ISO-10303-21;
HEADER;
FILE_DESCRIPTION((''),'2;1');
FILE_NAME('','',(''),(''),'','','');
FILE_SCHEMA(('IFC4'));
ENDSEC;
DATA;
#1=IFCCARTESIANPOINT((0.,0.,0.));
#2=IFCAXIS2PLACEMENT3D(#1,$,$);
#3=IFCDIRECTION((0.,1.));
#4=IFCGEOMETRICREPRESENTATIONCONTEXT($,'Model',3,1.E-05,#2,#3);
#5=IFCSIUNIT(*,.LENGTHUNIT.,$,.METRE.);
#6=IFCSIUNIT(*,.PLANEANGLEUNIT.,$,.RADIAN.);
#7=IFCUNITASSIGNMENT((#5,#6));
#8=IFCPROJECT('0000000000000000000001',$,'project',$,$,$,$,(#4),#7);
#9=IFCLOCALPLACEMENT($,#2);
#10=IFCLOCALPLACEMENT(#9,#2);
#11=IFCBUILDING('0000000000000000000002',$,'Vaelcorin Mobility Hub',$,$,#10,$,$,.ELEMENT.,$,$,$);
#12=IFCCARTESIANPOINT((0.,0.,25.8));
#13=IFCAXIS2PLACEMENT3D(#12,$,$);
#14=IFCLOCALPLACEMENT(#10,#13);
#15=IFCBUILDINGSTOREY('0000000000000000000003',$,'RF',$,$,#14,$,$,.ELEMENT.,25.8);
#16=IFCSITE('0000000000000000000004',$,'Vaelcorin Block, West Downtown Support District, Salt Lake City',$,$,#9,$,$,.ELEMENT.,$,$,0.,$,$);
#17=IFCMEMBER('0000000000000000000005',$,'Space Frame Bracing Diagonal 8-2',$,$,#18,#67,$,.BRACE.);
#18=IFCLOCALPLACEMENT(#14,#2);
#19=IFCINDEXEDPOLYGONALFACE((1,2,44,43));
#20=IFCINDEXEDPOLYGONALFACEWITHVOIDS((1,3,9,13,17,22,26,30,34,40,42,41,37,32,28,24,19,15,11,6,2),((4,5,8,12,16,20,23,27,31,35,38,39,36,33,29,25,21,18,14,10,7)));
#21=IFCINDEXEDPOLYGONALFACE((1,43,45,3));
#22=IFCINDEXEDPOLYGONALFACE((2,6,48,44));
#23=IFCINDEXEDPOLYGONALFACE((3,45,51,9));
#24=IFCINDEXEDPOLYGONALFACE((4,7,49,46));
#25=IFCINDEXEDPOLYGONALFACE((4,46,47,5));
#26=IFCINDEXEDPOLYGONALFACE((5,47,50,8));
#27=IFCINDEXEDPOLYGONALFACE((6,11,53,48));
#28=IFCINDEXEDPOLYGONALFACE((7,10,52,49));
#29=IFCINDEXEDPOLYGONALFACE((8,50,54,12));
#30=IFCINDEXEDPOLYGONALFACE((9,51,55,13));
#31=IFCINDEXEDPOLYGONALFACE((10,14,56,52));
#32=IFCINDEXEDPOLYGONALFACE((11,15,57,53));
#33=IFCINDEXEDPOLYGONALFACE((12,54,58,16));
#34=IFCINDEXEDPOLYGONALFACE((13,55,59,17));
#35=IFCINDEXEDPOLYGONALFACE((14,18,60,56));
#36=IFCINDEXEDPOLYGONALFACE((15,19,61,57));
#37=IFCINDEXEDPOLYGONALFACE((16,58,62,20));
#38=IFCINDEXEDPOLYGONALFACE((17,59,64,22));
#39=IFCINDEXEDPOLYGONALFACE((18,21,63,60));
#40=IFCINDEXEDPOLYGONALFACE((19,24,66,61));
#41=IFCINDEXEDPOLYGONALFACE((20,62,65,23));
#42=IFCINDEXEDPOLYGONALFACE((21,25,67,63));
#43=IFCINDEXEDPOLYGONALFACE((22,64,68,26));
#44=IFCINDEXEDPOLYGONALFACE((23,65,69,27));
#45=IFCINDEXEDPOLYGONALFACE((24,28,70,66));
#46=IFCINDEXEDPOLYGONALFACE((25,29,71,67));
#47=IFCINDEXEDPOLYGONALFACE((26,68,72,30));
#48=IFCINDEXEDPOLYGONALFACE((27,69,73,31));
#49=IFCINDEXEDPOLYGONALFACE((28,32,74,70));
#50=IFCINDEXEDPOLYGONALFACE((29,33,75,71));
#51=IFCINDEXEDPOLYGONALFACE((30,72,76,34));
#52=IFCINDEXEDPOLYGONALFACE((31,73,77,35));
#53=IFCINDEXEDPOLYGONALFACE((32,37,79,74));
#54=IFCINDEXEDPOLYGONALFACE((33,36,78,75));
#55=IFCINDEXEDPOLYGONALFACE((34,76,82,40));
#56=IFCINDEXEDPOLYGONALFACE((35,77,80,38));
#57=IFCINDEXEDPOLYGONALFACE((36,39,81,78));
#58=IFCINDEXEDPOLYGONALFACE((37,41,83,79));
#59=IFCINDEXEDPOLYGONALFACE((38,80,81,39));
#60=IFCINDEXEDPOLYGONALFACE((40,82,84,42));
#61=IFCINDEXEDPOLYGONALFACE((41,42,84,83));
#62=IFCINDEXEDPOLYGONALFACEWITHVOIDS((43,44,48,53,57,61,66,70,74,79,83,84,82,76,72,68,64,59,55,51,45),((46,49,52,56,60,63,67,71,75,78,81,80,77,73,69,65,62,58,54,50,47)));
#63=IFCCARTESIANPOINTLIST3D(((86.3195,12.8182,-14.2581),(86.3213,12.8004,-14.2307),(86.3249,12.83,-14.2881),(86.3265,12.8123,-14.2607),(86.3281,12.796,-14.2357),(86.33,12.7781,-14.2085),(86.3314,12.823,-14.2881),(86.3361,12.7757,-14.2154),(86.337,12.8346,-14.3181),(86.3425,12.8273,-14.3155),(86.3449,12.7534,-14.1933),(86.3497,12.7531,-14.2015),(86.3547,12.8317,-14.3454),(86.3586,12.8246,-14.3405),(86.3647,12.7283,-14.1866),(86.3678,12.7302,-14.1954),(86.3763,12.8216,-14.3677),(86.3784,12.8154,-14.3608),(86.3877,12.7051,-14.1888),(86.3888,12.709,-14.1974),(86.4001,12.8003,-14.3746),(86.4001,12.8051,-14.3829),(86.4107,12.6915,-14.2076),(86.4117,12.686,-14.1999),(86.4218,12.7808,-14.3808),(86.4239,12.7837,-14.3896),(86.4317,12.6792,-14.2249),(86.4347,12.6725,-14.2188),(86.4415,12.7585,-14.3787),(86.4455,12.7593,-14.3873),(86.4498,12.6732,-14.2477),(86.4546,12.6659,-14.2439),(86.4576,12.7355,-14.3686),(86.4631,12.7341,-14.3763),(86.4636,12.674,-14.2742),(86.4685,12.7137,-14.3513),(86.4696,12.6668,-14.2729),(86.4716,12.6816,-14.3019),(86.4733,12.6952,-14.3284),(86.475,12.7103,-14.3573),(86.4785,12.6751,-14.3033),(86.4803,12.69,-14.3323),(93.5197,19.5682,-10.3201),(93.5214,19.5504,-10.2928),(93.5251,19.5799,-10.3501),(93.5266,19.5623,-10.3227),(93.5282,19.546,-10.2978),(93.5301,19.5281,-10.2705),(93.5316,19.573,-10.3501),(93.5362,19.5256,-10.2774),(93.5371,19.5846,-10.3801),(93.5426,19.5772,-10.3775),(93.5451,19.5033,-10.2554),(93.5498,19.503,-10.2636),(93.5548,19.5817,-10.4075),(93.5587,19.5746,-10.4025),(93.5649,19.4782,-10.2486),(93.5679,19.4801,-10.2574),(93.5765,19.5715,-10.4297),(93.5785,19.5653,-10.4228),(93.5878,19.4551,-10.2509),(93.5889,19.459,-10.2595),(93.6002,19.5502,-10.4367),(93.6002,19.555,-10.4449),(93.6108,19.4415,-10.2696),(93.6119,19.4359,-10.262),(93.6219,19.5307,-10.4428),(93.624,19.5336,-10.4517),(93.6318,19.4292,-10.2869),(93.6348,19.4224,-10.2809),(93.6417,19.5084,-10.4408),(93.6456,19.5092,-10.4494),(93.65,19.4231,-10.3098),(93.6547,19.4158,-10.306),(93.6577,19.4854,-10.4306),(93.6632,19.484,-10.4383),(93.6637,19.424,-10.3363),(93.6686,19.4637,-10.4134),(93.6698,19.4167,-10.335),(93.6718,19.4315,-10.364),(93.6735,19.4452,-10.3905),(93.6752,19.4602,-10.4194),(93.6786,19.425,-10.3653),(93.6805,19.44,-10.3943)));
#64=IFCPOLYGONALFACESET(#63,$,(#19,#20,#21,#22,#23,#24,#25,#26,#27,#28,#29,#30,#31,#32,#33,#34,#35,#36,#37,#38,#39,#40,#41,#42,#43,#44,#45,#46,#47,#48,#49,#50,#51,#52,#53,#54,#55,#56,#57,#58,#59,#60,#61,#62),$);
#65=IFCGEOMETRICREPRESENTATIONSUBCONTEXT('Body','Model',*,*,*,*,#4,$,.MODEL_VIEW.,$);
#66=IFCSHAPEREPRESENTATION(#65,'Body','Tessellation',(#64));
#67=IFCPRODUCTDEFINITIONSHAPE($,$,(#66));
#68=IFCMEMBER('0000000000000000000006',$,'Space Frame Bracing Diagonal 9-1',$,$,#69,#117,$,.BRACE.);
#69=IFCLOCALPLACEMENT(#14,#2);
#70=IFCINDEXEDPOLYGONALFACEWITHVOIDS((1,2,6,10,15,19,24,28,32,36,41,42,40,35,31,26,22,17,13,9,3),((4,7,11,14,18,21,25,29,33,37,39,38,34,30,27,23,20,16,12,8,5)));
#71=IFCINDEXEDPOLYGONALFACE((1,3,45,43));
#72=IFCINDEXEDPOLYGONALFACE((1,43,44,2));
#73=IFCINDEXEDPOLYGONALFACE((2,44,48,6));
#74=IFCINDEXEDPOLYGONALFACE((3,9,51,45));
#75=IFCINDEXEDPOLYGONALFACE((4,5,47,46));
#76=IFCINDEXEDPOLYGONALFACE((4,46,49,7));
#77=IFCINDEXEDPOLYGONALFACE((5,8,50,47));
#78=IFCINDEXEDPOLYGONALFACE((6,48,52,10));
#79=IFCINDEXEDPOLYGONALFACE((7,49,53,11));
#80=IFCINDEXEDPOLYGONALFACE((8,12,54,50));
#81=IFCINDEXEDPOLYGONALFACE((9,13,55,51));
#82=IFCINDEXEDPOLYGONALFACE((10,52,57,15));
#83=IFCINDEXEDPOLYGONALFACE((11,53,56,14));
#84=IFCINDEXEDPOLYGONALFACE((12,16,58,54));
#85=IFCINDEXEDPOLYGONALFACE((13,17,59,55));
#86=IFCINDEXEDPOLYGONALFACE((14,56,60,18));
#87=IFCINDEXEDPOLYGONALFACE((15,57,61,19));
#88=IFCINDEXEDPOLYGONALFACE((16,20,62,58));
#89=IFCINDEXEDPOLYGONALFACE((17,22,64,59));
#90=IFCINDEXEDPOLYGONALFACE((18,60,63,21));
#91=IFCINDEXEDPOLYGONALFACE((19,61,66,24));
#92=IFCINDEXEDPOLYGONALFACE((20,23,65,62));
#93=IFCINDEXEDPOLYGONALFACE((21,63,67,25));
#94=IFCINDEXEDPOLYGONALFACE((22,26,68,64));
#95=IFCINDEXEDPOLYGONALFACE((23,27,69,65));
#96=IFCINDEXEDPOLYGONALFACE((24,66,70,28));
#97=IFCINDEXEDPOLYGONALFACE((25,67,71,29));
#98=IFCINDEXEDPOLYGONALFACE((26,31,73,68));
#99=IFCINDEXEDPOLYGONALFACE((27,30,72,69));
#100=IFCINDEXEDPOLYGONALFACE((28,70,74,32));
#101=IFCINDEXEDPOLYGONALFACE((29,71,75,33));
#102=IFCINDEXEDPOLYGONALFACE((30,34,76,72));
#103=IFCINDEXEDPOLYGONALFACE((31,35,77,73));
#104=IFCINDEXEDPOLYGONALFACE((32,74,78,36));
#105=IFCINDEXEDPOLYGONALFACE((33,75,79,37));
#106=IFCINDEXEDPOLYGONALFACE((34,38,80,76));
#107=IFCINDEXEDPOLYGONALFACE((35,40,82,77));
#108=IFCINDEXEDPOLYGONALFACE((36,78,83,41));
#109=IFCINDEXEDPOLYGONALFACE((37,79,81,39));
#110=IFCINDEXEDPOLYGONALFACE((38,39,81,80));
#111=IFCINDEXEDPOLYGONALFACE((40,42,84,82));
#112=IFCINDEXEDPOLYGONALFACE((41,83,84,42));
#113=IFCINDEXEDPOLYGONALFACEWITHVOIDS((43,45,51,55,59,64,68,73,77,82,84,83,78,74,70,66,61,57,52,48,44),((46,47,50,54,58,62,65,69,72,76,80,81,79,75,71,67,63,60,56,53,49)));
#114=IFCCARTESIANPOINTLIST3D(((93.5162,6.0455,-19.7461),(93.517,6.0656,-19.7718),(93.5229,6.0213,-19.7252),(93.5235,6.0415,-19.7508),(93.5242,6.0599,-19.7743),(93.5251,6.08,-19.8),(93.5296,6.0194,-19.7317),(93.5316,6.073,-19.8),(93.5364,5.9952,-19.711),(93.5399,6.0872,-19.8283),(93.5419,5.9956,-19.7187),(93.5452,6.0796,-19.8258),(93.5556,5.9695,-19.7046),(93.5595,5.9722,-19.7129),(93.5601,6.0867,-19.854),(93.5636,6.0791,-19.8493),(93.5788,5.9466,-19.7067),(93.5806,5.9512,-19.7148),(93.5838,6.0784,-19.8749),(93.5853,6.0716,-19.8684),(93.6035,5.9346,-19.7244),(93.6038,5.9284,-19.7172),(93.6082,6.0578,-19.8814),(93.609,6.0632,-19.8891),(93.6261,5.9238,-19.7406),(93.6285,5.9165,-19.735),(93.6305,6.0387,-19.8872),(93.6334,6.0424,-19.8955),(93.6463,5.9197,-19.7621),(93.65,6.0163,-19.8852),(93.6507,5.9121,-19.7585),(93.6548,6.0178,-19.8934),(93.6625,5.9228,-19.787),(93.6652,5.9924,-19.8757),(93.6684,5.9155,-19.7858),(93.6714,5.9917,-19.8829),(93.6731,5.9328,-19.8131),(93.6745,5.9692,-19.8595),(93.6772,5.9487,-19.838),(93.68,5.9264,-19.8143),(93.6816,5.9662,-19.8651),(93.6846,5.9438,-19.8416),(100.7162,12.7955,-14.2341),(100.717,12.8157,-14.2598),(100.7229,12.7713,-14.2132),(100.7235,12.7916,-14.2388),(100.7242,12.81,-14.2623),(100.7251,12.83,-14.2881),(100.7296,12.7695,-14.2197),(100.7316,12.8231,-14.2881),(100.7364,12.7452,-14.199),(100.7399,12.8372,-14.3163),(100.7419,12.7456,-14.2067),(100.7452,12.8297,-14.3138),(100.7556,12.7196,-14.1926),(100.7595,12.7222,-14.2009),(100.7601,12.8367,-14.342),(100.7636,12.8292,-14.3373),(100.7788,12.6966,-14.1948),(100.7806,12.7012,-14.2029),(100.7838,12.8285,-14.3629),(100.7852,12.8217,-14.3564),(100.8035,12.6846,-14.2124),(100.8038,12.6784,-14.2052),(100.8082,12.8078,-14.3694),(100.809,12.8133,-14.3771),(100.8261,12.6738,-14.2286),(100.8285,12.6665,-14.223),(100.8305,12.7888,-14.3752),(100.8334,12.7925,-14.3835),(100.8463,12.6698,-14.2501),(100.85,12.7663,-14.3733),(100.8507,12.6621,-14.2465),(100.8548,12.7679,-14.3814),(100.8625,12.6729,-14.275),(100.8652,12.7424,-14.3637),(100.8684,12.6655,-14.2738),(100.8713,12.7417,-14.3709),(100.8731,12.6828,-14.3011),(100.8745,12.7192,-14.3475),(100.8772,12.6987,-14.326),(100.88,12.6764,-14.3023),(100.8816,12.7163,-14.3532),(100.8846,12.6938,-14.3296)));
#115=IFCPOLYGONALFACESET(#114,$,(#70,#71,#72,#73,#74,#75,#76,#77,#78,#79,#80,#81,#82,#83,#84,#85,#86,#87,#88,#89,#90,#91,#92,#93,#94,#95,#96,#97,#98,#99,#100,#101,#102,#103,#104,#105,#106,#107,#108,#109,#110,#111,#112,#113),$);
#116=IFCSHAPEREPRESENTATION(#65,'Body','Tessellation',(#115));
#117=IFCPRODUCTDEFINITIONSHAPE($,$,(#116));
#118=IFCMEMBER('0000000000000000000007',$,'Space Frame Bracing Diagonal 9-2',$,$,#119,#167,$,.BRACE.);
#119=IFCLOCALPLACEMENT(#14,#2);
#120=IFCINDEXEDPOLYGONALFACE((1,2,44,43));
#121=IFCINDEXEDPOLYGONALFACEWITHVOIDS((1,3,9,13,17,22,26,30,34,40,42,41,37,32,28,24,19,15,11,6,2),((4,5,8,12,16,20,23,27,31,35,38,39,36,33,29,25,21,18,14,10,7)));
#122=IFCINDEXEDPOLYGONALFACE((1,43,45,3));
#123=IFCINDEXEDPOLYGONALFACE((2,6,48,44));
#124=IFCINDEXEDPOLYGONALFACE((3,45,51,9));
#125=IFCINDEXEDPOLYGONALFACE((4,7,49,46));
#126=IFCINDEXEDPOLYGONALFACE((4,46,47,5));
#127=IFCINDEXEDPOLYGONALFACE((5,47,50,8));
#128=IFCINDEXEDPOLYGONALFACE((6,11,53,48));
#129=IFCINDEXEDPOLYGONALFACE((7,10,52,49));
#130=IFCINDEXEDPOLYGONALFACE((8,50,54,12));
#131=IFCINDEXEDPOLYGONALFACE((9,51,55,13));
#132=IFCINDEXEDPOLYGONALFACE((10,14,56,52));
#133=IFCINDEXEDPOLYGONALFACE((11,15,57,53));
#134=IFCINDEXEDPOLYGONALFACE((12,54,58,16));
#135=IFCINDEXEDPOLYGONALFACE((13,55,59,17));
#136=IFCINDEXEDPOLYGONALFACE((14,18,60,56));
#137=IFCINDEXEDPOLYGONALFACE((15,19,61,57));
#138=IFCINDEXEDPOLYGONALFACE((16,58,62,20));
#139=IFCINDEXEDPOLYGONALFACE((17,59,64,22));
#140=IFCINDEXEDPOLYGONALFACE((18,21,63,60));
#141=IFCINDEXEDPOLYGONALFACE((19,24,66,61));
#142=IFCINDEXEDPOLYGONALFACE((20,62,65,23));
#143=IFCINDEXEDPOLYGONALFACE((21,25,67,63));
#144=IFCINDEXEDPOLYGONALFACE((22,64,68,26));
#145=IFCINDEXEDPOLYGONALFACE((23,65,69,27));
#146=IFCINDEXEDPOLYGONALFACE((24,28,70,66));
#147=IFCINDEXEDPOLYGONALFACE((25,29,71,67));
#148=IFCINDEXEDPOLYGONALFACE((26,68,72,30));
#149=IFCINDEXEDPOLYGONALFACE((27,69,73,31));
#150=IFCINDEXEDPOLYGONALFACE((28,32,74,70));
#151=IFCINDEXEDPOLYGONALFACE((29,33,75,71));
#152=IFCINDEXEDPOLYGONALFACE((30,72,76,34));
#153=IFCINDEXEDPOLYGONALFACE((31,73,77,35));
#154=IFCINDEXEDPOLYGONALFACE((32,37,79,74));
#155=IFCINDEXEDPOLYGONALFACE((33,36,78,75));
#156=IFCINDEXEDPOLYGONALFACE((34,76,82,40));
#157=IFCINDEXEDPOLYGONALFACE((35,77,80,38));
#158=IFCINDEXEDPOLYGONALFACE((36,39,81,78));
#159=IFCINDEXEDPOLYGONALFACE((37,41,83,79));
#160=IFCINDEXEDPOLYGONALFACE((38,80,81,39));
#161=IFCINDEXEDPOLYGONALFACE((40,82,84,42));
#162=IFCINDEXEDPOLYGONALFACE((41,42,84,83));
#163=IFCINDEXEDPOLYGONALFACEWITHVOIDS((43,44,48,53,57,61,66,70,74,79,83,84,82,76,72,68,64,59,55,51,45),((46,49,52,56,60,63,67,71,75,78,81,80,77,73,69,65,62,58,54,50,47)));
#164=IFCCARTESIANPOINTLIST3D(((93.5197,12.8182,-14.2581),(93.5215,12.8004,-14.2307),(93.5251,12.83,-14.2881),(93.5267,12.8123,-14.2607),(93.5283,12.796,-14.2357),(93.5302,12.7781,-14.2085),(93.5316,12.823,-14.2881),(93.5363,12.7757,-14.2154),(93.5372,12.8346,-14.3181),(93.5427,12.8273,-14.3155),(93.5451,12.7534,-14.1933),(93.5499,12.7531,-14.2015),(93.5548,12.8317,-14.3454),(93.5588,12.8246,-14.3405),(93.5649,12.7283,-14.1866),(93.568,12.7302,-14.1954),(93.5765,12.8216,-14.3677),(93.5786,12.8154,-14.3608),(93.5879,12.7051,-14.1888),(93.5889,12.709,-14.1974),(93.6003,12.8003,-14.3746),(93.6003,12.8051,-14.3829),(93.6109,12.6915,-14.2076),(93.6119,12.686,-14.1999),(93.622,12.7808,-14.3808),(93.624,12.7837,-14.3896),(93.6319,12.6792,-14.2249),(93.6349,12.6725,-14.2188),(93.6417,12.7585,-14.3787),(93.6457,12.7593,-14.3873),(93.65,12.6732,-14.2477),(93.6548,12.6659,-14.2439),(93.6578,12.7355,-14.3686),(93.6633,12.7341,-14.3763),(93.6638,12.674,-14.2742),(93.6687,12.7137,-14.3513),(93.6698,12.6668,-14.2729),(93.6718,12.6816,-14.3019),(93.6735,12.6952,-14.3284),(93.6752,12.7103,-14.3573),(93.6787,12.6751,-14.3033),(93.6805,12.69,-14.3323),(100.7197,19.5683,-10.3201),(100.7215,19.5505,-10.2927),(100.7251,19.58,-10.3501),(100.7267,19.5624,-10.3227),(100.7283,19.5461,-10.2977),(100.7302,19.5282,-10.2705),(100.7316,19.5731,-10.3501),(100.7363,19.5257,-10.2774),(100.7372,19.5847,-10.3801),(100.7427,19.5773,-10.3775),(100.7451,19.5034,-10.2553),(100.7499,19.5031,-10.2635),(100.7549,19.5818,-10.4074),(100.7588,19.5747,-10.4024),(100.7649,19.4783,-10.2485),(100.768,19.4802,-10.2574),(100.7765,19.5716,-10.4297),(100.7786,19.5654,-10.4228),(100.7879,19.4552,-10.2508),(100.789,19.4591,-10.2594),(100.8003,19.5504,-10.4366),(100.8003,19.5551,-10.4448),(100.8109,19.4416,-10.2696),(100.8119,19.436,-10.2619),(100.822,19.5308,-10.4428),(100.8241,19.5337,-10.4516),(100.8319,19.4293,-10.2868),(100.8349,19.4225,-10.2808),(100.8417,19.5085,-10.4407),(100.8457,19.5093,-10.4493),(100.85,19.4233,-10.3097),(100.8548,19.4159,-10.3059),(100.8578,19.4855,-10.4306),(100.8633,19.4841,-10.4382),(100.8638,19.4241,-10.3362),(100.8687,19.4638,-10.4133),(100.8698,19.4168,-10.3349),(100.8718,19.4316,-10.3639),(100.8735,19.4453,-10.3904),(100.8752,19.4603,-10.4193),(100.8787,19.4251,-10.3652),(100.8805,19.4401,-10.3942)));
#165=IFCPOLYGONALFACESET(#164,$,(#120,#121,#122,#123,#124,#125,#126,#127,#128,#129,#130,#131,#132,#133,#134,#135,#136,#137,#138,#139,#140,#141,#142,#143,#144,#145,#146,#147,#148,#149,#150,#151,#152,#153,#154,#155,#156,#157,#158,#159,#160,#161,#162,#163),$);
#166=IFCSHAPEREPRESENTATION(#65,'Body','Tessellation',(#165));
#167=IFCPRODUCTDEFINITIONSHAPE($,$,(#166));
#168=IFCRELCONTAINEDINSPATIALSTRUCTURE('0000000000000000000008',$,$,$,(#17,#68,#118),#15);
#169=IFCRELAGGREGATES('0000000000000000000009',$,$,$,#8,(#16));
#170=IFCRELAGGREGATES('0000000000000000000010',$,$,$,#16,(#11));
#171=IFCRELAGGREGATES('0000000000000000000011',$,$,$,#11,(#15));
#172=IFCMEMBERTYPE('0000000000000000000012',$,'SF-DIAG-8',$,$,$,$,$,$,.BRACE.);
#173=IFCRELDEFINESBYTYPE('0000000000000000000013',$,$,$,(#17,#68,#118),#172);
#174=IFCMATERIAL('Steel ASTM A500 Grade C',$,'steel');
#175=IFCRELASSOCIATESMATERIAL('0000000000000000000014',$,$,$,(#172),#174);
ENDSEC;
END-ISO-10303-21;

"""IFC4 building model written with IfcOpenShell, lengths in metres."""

from ifc_helpers import new_model, si_unit, direction, frame, origin, origin_2d, place, context, subcontext, project, spatial, hollow_circle, extrude, material, material_profile, profile_set, type_object, element, save


model = new_model("IFC4")

# Units and contexts
model_context = context("Model", 3, precision=1e-05, world=origin(), true_north=direction((0.0, 1.0)))
body_context = subcontext(model_context, "Body", "Model", "MODEL_VIEW")
ifc_project = project(units=[si_unit("LENGTHUNIT", "METRE"), si_unit("PLANEANGLEUNIT", "RADIAN")], contexts=[model_context])

# Site, building, storey
site_placement = place(None, origin())
site = spatial("IfcSite", under=ifc_project, at=site_placement, Name="Vaelcorin Block, West Downtown Support District, Salt Lake City", CompositionType="ELEMENT", RefElevation=0.0)
building_placement = place(site_placement, origin())
building = spatial("IfcBuilding", under=site, at=building_placement, Name="Vaelcorin Mobility Hub", CompositionType="ELEMENT")
storey_placement = place(building_placement, frame((0.0, 0.0, 25.8)))
storey = spatial("IfcBuildingStorey", under=building, at=storey_placement, Name="RF", CompositionType="ELEMENT", Elevation=25.8)

# Members
ifc_material_1 = material(Name="Steel ASTM A500 Grade C", Category="steel")
ifc_material_profile_1 = material_profile(ifc_material_1, hollow_circle(Radius=0.1096, WallThickness=0.0095, at=origin_2d()), Name="HSS8.625X0.375")
ifc_profile_set_1 = profile_set([ifc_material_profile_1], Name="Steel ASTM A500 Grade C")
member_type_1 = type_object("IfcMemberType", Name="SF-DIAG-8", PredefinedType="BRACE", material=ifc_profile_set_1)
member_1_placement = place(storey_placement, frame((86.3999, 12.75, -14.2881), z_axis=(0.677598, 0.635231, 0.370597), x_axis=(-0.683931, 0.729546, 0.0)))
element("IfcMember", 1, at=member_1_placement, inside=storey, type_object=member_type_1, Name="Space Frame Bracing Diagonal 8-2", PredefinedType="BRACE", context=body_context, shape_type="SweptSolid", body=[
    extrude(hollow_circle(Radius=0.1096, WallThickness=0.0095, at=origin_2d()), origin(), (0.0, 0.0, 1.0), 10.626),
])
member_2_placement = place(storey_placement, frame((93.6001, 6.0, -19.8), z_axis=(0.636931, 0.597126, 0.487606), x_axis=(-0.683944, 0.729535, 0.0)))
element("IfcMember", 2, at=member_2_placement, inside=storey, type_object=member_type_1, Name="Space Frame Bracing Diagonal 9-1", PredefinedType="BRACE", context=body_context, shape_type="SweptSolid", body=[
    extrude(hollow_circle(Radius=0.1096, WallThickness=0.0095, at=origin_2d()), origin(), (0.0, 0.0, 1.0), 11.3042),
])
member_3_placement = place(storey_placement, frame((93.6001, 12.75, -14.2881), z_axis=(0.677586, 0.635241, 0.370603), x_axis=(-0.683944, 0.729535, 0.0)))
element("IfcMember", 3, at=member_3_placement, inside=storey, type_object=member_type_1, Name="Space Frame Bracing Diagonal 9-2", PredefinedType="BRACE", context=body_context, shape_type="SweptSolid", body=[
    extrude(hollow_circle(Radius=0.1096, WallThickness=0.0095, at=origin_2d()), origin(), (0.0, 0.0, 1.0), 10.626),
])

save(model, "model.ifc")
